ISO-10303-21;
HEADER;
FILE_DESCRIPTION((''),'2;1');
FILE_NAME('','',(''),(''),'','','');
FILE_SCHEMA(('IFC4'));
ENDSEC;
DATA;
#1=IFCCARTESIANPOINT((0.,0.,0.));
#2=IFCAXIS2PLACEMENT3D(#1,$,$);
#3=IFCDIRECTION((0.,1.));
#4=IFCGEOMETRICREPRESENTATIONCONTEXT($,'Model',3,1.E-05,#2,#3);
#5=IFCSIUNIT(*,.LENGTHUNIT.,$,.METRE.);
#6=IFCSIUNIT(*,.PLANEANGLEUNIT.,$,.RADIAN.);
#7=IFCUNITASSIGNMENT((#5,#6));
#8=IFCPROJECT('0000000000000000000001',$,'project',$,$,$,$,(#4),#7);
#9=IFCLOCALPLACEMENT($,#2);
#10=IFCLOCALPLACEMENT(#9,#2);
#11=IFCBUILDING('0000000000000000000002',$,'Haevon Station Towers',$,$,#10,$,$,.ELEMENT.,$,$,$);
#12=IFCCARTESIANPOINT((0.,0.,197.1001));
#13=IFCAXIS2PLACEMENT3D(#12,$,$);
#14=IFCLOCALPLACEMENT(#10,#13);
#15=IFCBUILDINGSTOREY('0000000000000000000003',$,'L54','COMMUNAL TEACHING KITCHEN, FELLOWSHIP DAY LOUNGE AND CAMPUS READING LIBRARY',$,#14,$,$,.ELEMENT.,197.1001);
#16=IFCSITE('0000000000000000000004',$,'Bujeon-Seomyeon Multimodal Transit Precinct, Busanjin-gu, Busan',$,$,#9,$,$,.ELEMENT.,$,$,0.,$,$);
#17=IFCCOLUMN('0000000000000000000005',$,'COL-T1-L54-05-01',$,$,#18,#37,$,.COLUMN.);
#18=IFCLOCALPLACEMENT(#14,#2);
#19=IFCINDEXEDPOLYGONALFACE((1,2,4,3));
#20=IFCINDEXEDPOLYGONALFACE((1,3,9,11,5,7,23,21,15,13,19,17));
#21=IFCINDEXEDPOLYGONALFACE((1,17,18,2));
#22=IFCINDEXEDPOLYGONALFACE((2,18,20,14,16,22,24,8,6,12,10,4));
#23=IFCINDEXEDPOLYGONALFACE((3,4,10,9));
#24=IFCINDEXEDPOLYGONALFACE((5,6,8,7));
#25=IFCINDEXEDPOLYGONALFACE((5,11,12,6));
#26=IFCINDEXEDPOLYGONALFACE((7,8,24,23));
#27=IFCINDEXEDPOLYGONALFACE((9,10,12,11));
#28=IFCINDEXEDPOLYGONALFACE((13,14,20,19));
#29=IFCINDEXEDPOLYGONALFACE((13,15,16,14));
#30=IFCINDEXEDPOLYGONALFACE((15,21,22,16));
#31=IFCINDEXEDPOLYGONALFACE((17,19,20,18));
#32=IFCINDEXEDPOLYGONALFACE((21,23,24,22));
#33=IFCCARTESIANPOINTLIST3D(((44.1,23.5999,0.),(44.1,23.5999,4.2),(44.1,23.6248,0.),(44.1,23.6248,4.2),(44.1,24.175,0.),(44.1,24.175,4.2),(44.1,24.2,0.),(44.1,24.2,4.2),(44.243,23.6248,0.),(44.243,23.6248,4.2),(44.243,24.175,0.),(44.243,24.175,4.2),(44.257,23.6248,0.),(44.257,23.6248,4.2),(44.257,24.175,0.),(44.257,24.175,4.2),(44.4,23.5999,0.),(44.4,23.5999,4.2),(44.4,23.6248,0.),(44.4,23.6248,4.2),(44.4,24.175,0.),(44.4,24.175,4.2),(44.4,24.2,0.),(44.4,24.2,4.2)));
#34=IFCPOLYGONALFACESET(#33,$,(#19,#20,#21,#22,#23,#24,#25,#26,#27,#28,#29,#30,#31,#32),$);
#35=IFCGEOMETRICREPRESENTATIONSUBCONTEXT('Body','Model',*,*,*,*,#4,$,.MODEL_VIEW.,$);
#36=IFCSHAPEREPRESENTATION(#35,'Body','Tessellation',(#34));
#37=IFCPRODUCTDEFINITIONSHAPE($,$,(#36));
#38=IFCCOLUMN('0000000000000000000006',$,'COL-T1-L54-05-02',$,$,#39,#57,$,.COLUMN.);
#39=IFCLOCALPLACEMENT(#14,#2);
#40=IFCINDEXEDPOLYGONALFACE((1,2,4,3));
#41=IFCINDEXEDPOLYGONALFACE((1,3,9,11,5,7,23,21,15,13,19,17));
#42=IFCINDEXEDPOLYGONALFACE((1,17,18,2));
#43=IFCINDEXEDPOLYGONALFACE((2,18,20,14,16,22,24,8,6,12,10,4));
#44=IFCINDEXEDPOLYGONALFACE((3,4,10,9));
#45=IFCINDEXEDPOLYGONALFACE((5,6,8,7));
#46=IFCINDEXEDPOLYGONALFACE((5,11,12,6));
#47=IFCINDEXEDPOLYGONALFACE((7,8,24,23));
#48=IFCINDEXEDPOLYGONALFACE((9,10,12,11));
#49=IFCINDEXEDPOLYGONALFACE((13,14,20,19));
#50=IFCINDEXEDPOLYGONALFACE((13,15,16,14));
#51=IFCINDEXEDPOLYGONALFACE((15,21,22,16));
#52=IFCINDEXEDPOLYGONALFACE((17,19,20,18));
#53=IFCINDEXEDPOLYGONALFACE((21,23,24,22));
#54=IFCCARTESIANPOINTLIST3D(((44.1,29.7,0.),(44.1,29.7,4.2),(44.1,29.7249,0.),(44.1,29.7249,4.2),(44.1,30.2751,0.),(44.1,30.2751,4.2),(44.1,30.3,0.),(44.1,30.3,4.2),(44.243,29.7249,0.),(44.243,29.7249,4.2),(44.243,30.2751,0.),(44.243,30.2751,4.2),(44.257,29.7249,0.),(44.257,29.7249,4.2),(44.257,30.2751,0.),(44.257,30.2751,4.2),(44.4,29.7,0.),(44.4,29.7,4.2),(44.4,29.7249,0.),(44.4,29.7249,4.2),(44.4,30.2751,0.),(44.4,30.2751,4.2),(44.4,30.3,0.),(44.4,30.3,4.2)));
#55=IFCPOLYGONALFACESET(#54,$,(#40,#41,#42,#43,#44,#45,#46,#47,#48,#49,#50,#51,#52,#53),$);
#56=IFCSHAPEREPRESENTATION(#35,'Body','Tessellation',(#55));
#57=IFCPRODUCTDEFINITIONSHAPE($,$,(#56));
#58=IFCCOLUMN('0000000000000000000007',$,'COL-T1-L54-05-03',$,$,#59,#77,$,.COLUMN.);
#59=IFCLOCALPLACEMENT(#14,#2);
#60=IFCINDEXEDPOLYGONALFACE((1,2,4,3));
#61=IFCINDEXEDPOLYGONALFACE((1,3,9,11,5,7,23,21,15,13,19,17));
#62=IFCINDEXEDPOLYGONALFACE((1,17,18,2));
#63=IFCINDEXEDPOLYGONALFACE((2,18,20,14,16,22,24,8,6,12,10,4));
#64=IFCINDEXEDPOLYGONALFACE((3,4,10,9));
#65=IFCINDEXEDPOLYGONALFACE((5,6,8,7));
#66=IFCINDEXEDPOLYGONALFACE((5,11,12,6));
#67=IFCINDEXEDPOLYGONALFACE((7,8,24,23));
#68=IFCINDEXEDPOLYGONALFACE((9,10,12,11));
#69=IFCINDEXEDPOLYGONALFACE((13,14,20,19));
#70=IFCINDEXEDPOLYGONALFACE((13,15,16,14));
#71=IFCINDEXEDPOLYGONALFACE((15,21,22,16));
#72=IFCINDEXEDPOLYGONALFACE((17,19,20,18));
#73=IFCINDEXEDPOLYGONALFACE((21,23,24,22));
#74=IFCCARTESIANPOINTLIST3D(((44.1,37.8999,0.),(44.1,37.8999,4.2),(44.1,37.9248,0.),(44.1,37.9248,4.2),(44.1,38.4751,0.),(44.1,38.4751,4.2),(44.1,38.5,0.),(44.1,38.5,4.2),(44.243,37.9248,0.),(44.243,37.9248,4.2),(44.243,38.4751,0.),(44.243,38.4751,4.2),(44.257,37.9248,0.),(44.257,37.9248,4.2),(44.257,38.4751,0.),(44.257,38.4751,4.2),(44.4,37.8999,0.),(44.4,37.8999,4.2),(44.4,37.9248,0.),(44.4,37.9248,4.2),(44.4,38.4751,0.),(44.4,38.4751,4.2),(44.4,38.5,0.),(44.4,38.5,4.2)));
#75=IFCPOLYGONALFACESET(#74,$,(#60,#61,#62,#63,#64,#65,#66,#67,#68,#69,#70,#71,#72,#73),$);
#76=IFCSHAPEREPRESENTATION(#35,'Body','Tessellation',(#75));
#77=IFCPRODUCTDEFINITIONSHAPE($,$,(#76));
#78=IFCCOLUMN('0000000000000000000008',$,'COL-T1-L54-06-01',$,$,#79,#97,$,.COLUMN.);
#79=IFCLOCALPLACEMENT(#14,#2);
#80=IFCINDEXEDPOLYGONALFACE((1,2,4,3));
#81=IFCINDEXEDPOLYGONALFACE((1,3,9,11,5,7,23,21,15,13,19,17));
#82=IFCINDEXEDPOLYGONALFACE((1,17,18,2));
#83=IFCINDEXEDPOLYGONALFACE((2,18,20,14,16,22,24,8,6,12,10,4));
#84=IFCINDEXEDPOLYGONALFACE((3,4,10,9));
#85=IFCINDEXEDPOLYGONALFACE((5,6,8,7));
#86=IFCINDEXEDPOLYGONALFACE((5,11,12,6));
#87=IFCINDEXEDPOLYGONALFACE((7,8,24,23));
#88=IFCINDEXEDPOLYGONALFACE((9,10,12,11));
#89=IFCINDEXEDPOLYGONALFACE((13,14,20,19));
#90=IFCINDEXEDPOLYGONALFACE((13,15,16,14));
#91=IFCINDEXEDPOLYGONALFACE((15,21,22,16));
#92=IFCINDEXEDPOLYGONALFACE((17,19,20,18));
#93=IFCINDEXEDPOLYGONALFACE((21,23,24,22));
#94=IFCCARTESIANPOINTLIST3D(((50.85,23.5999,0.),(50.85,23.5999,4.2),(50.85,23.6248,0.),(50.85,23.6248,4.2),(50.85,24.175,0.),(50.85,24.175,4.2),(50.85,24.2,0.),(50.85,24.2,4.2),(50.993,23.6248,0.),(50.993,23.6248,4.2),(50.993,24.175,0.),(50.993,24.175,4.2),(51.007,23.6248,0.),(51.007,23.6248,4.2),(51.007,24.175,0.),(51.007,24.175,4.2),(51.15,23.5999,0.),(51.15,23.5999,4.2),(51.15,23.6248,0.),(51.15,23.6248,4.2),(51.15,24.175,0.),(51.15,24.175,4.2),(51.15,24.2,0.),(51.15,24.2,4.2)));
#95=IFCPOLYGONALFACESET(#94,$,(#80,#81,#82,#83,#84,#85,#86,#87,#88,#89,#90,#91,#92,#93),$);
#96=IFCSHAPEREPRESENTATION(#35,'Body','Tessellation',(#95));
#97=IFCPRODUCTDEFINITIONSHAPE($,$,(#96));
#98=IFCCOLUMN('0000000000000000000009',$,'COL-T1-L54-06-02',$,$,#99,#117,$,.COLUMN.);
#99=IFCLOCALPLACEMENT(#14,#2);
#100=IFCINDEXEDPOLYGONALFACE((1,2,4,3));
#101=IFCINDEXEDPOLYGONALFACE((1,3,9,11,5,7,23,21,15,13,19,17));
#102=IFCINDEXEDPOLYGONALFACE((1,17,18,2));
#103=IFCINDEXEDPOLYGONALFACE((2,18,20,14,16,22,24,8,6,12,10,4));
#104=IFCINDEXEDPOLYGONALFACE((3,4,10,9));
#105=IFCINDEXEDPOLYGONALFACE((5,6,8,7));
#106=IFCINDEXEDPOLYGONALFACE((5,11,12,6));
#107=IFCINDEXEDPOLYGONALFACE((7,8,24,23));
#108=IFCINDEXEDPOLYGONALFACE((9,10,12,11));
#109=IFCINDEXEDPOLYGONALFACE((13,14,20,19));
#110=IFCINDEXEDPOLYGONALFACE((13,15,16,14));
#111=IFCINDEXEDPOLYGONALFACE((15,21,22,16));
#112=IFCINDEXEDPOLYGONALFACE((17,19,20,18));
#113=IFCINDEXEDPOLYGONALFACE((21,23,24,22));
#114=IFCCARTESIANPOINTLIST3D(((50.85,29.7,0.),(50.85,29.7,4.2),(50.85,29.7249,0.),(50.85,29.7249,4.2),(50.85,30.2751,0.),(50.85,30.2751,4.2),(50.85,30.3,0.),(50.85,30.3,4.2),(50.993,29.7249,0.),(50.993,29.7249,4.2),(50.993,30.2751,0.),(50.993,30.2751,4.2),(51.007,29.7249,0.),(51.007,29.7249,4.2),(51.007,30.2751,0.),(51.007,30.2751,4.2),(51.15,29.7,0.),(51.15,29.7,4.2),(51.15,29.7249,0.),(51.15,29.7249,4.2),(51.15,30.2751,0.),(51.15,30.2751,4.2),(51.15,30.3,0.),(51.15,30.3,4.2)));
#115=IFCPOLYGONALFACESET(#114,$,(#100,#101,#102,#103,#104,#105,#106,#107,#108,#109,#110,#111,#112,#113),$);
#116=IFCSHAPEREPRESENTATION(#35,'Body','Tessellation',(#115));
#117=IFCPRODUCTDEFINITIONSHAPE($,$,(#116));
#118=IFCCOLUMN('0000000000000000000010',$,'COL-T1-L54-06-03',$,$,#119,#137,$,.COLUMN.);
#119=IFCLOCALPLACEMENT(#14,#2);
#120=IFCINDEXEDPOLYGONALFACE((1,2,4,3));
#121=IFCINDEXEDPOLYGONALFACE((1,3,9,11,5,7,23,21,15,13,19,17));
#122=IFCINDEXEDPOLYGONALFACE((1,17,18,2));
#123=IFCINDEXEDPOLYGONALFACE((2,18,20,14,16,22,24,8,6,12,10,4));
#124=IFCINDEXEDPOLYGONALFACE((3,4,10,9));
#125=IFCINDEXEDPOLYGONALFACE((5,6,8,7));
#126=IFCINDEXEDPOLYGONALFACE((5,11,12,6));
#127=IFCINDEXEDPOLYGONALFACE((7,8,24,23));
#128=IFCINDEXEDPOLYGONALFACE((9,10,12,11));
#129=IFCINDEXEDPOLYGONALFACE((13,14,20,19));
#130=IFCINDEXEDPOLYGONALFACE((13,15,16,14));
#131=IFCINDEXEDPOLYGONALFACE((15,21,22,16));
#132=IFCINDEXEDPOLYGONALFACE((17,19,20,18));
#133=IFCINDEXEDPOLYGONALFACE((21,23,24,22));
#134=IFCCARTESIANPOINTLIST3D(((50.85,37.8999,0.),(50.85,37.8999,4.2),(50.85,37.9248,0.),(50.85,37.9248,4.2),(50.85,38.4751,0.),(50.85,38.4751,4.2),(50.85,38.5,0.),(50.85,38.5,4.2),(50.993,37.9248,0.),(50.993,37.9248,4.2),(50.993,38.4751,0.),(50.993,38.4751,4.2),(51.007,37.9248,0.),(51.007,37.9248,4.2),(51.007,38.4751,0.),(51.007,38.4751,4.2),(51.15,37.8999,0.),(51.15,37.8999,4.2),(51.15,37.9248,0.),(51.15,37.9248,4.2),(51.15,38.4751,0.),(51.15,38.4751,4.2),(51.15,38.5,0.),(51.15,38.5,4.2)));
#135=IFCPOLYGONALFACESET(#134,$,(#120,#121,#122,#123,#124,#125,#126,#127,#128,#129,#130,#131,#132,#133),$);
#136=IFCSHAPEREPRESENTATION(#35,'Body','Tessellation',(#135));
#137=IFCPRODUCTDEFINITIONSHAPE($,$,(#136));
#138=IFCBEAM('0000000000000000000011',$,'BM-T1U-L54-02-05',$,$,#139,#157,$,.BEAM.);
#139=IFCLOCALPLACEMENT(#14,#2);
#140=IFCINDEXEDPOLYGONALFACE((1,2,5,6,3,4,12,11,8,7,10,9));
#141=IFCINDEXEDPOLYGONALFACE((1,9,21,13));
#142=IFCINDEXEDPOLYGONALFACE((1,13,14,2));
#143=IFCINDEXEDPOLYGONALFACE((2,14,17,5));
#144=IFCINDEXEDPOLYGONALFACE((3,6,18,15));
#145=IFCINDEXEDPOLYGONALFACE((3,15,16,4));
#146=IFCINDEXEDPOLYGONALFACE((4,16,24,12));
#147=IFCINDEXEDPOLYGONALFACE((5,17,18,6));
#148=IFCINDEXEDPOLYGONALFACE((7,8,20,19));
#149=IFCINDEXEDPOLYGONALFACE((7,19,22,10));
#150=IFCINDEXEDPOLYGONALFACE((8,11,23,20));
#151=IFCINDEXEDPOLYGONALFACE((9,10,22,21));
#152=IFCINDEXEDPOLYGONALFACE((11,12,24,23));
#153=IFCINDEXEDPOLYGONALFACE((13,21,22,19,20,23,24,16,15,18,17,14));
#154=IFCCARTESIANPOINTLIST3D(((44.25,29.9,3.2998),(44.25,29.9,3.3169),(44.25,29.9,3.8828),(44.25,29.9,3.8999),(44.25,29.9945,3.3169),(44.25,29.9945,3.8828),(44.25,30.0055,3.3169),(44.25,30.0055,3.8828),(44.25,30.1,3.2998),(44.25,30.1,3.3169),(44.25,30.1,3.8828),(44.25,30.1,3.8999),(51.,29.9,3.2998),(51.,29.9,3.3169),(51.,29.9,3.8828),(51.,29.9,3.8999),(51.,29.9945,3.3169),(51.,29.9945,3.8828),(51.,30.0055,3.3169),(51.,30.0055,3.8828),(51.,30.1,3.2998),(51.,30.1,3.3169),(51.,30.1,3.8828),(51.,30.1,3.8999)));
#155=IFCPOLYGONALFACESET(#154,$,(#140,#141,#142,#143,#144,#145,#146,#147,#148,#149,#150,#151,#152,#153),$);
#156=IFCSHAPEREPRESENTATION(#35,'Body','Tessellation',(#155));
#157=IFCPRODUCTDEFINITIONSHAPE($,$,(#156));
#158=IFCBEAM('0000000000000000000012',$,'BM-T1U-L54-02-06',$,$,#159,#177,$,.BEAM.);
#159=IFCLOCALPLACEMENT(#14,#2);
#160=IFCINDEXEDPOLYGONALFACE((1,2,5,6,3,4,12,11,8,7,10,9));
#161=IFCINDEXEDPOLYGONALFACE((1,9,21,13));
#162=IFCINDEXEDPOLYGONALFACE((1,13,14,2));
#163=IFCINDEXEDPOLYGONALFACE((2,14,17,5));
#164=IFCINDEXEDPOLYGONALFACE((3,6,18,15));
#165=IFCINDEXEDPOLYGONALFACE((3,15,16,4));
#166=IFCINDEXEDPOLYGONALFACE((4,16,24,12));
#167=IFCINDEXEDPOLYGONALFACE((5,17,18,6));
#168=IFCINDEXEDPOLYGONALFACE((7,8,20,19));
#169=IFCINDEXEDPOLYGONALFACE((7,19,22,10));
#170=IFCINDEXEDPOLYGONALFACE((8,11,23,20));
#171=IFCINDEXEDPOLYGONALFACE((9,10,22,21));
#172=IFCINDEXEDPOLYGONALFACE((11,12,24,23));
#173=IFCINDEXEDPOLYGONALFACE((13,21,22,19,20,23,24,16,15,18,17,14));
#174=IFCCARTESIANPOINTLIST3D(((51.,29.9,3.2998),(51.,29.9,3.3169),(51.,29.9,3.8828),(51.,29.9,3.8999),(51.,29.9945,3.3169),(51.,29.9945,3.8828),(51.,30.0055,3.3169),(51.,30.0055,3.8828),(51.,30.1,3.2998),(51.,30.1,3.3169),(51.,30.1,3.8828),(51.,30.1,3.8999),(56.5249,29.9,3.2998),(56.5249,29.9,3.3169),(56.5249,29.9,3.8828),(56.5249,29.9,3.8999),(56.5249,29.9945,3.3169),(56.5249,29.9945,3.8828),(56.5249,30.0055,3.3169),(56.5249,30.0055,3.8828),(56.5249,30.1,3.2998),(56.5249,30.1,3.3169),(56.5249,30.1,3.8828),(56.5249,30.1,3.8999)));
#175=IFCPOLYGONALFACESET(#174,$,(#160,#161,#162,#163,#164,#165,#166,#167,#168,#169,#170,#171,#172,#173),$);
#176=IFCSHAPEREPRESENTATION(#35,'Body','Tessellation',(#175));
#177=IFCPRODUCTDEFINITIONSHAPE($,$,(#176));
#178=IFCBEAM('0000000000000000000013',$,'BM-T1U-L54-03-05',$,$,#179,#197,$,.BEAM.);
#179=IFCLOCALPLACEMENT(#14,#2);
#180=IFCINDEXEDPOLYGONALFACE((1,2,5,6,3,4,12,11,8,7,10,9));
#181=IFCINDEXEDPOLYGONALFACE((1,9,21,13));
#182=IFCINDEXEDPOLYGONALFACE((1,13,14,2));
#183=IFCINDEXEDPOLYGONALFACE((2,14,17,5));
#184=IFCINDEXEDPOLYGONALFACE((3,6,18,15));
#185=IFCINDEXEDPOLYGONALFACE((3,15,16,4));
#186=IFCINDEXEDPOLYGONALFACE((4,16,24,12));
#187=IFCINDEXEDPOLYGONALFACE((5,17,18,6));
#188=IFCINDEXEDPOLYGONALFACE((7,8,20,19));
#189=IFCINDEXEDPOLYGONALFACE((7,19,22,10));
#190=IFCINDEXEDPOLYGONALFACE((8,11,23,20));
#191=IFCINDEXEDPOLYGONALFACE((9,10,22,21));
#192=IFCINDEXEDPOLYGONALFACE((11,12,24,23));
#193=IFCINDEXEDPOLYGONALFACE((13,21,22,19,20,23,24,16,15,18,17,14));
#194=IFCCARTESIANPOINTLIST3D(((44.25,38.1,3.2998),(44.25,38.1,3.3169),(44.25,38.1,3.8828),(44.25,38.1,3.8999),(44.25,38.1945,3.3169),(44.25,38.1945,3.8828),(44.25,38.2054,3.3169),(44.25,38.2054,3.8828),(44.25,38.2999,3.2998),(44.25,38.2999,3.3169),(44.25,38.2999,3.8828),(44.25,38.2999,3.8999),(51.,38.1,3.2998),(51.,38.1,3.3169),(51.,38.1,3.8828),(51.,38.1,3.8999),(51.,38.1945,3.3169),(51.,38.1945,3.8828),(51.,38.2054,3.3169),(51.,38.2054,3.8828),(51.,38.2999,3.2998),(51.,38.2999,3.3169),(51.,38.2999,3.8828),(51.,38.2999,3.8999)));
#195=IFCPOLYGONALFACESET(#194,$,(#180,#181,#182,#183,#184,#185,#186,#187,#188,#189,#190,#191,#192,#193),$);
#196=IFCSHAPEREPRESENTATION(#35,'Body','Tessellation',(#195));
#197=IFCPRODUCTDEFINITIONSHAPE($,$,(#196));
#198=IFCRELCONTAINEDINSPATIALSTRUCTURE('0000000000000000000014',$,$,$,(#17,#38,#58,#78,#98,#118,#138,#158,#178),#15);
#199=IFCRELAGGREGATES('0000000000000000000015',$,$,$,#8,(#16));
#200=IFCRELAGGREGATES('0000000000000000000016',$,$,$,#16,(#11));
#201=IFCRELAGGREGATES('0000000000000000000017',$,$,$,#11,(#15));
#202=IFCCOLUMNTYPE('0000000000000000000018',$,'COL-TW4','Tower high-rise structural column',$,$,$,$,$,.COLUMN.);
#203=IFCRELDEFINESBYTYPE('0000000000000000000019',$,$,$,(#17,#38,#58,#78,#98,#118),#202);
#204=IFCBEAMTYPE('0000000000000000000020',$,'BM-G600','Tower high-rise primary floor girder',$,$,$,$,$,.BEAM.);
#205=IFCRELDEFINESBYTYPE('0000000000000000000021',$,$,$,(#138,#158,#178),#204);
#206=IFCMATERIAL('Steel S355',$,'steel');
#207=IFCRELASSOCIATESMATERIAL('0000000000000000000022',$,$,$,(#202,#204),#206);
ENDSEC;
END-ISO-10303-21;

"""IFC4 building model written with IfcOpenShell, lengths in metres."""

from ifc_helpers import new_model, si_unit, direction, frame, origin, origin_2d, place, context, subcontext, project, spatial, i_section, extrude, material, material_profile, profile_set, type_object, element, save


model = new_model("IFC4")

# Units and contexts
model_context = context("Model", 3, precision=1e-05, world=origin(), true_north=direction((0.0, 1.0)))
body_context = subcontext(model_context, "Body", "Model", "MODEL_VIEW")
ifc_project = project(units=[si_unit("LENGTHUNIT", "METRE"), si_unit("PLANEANGLEUNIT", "RADIAN")], contexts=[model_context])

# Site, building, storey
site_placement = place(None, origin())
site = spatial("IfcSite", under=ifc_project, at=site_placement, Name="Bujeon-Seomyeon Multimodal Transit Precinct, Busanjin-gu, Busan", CompositionType="ELEMENT", RefElevation=0.0)
building_placement = place(site_placement, origin())
building = spatial("IfcBuilding", under=site, at=building_placement, Name="Haevon Station Towers", CompositionType="ELEMENT")
storey_placement = place(building_placement, frame((0.0, 0.0, 197.1001)))
storey = spatial("IfcBuildingStorey", under=building, at=storey_placement, Name="L54", Description="COMMUNAL TEACHING KITCHEN, FELLOWSHIP DAY LOUNGE AND CAMPUS READING LIBRARY", CompositionType="ELEMENT", Elevation=197.1001)

# Columns
ifc_material_1 = material(Name="Steel S355", Category="steel")
ifc_material_profile_1 = material_profile(ifc_material_1, i_section(OverallWidth=0.3, OverallDepth=0.6001, WebThickness=0.0139, FlangeThickness=0.0249, at=origin_2d()), Name="H-600x300x14x25")
ifc_profile_set_1 = profile_set([ifc_material_profile_1], Name="Steel S355")
column_type = type_object("IfcColumnType", Name="COL-TW4", Description="Tower high-rise structural column", PredefinedType="COLUMN", material=ifc_profile_set_1)
for number, where, z_axis, x_axis, name in (
    (1, (44.25, 23.8999, 0.0), (0.0, 0.0, 1.0), (1.0, 0.0, 0.0), "COL-T1-L54-05-01"),
    (2, (44.25, 30.0, 0.0), (0.0, 0.0, 1.0), (1.0, 0.0, 0.0), "COL-T1-L54-05-02"),
    (3, (44.25, 38.2, 0.0), (0.0, 0.0, 1.0), (1.0, 0.0, 0.0), "COL-T1-L54-05-03"),
    (4, (51.0, 23.8999, 0.0), (0.0, 0.0, 1.0), (1.0, 0.0, 0.0), "COL-T1-L54-06-01"),
    (5, (51.0, 30.0, 0.0), (0.0, 0.0, 1.0), (1.0, 0.0, 0.0), "COL-T1-L54-06-02"),
    (6, (51.0, 38.2, 0.0), (0.0, 0.0, 1.0), (1.0, 0.0, 0.0), "COL-T1-L54-06-03"),
):
    element("IfcColumn", number, at=place(storey_placement, frame(where, z_axis=z_axis, x_axis=x_axis)), inside=storey, type_object=column_type, Name=name, PredefinedType="COLUMN", context=body_context, shape_type="SweptSolid", body=[
        extrude(i_section(OverallWidth=0.3, OverallDepth=0.6001, WebThickness=0.0139, FlangeThickness=0.0249, at=origin_2d()), origin(), (0.0, 0.0, 1.0), 4.2),
    ])

# Beams
ifc_material_profile_2 = material_profile(ifc_material_1, i_section(OverallWidth=0.2, OverallDepth=0.6001, WebThickness=0.011, FlangeThickness=0.0171, at=origin_2d()), Name="H-600x200x11x17")
ifc_profile_set_2 = profile_set([ifc_material_profile_2], Name="Steel S355")
beam_type_1 = type_object("IfcBeamType", Name="BM-G600", Description="Tower high-rise primary floor girder", PredefinedType="BEAM", material=ifc_profile_set_2)
beam_1_placement = place(storey_placement, frame((44.25, 30.0, 3.5999), z_axis=(1.0, 0.0, 0.0), x_axis=(0.0, 1.0, 0.0)))
element("IfcBeam", 7, at=beam_1_placement, inside=storey, type_object=beam_type_1, Name="BM-T1U-L54-02-05", PredefinedType="BEAM", context=body_context, shape_type="SweptSolid", body=[
    extrude(i_section(OverallWidth=0.2, OverallDepth=0.6001, WebThickness=0.011, FlangeThickness=0.0171, at=origin_2d()), origin(), (0.0, 0.0, 1.0), 6.75),
])
beam_2_placement = place(storey_placement, frame((51.0, 30.0, 3.5999), z_axis=(1.0, 0.0, 0.0), x_axis=(0.0, 1.0, 0.0)))
element("IfcBeam", 8, at=beam_2_placement, inside=storey, type_object=beam_type_1, Name="BM-T1U-L54-02-06", PredefinedType="BEAM", context=body_context, shape_type="SweptSolid", body=[
    extrude(i_section(OverallWidth=0.2, OverallDepth=0.6001, WebThickness=0.011, FlangeThickness=0.0171, at=origin_2d()), origin(), (0.0, 0.0, 1.0), 5.5249),
])
beam_3_placement = place(storey_placement, frame((44.25, 38.2, 3.5999), z_axis=(1.0, 0.0, 0.0), x_axis=(0.0, 1.0, 0.0)))
element("IfcBeam", 9, at=beam_3_placement, inside=storey, type_object=beam_type_1, Name="BM-T1U-L54-03-05", PredefinedType="BEAM", context=body_context, shape_type="SweptSolid", body=[
    extrude(i_section(OverallWidth=0.2, OverallDepth=0.6001, WebThickness=0.011, FlangeThickness=0.0171, at=origin_2d()), origin(), (0.0, 0.0, 1.0), 6.75),
])

save(model, "model.ifc")
